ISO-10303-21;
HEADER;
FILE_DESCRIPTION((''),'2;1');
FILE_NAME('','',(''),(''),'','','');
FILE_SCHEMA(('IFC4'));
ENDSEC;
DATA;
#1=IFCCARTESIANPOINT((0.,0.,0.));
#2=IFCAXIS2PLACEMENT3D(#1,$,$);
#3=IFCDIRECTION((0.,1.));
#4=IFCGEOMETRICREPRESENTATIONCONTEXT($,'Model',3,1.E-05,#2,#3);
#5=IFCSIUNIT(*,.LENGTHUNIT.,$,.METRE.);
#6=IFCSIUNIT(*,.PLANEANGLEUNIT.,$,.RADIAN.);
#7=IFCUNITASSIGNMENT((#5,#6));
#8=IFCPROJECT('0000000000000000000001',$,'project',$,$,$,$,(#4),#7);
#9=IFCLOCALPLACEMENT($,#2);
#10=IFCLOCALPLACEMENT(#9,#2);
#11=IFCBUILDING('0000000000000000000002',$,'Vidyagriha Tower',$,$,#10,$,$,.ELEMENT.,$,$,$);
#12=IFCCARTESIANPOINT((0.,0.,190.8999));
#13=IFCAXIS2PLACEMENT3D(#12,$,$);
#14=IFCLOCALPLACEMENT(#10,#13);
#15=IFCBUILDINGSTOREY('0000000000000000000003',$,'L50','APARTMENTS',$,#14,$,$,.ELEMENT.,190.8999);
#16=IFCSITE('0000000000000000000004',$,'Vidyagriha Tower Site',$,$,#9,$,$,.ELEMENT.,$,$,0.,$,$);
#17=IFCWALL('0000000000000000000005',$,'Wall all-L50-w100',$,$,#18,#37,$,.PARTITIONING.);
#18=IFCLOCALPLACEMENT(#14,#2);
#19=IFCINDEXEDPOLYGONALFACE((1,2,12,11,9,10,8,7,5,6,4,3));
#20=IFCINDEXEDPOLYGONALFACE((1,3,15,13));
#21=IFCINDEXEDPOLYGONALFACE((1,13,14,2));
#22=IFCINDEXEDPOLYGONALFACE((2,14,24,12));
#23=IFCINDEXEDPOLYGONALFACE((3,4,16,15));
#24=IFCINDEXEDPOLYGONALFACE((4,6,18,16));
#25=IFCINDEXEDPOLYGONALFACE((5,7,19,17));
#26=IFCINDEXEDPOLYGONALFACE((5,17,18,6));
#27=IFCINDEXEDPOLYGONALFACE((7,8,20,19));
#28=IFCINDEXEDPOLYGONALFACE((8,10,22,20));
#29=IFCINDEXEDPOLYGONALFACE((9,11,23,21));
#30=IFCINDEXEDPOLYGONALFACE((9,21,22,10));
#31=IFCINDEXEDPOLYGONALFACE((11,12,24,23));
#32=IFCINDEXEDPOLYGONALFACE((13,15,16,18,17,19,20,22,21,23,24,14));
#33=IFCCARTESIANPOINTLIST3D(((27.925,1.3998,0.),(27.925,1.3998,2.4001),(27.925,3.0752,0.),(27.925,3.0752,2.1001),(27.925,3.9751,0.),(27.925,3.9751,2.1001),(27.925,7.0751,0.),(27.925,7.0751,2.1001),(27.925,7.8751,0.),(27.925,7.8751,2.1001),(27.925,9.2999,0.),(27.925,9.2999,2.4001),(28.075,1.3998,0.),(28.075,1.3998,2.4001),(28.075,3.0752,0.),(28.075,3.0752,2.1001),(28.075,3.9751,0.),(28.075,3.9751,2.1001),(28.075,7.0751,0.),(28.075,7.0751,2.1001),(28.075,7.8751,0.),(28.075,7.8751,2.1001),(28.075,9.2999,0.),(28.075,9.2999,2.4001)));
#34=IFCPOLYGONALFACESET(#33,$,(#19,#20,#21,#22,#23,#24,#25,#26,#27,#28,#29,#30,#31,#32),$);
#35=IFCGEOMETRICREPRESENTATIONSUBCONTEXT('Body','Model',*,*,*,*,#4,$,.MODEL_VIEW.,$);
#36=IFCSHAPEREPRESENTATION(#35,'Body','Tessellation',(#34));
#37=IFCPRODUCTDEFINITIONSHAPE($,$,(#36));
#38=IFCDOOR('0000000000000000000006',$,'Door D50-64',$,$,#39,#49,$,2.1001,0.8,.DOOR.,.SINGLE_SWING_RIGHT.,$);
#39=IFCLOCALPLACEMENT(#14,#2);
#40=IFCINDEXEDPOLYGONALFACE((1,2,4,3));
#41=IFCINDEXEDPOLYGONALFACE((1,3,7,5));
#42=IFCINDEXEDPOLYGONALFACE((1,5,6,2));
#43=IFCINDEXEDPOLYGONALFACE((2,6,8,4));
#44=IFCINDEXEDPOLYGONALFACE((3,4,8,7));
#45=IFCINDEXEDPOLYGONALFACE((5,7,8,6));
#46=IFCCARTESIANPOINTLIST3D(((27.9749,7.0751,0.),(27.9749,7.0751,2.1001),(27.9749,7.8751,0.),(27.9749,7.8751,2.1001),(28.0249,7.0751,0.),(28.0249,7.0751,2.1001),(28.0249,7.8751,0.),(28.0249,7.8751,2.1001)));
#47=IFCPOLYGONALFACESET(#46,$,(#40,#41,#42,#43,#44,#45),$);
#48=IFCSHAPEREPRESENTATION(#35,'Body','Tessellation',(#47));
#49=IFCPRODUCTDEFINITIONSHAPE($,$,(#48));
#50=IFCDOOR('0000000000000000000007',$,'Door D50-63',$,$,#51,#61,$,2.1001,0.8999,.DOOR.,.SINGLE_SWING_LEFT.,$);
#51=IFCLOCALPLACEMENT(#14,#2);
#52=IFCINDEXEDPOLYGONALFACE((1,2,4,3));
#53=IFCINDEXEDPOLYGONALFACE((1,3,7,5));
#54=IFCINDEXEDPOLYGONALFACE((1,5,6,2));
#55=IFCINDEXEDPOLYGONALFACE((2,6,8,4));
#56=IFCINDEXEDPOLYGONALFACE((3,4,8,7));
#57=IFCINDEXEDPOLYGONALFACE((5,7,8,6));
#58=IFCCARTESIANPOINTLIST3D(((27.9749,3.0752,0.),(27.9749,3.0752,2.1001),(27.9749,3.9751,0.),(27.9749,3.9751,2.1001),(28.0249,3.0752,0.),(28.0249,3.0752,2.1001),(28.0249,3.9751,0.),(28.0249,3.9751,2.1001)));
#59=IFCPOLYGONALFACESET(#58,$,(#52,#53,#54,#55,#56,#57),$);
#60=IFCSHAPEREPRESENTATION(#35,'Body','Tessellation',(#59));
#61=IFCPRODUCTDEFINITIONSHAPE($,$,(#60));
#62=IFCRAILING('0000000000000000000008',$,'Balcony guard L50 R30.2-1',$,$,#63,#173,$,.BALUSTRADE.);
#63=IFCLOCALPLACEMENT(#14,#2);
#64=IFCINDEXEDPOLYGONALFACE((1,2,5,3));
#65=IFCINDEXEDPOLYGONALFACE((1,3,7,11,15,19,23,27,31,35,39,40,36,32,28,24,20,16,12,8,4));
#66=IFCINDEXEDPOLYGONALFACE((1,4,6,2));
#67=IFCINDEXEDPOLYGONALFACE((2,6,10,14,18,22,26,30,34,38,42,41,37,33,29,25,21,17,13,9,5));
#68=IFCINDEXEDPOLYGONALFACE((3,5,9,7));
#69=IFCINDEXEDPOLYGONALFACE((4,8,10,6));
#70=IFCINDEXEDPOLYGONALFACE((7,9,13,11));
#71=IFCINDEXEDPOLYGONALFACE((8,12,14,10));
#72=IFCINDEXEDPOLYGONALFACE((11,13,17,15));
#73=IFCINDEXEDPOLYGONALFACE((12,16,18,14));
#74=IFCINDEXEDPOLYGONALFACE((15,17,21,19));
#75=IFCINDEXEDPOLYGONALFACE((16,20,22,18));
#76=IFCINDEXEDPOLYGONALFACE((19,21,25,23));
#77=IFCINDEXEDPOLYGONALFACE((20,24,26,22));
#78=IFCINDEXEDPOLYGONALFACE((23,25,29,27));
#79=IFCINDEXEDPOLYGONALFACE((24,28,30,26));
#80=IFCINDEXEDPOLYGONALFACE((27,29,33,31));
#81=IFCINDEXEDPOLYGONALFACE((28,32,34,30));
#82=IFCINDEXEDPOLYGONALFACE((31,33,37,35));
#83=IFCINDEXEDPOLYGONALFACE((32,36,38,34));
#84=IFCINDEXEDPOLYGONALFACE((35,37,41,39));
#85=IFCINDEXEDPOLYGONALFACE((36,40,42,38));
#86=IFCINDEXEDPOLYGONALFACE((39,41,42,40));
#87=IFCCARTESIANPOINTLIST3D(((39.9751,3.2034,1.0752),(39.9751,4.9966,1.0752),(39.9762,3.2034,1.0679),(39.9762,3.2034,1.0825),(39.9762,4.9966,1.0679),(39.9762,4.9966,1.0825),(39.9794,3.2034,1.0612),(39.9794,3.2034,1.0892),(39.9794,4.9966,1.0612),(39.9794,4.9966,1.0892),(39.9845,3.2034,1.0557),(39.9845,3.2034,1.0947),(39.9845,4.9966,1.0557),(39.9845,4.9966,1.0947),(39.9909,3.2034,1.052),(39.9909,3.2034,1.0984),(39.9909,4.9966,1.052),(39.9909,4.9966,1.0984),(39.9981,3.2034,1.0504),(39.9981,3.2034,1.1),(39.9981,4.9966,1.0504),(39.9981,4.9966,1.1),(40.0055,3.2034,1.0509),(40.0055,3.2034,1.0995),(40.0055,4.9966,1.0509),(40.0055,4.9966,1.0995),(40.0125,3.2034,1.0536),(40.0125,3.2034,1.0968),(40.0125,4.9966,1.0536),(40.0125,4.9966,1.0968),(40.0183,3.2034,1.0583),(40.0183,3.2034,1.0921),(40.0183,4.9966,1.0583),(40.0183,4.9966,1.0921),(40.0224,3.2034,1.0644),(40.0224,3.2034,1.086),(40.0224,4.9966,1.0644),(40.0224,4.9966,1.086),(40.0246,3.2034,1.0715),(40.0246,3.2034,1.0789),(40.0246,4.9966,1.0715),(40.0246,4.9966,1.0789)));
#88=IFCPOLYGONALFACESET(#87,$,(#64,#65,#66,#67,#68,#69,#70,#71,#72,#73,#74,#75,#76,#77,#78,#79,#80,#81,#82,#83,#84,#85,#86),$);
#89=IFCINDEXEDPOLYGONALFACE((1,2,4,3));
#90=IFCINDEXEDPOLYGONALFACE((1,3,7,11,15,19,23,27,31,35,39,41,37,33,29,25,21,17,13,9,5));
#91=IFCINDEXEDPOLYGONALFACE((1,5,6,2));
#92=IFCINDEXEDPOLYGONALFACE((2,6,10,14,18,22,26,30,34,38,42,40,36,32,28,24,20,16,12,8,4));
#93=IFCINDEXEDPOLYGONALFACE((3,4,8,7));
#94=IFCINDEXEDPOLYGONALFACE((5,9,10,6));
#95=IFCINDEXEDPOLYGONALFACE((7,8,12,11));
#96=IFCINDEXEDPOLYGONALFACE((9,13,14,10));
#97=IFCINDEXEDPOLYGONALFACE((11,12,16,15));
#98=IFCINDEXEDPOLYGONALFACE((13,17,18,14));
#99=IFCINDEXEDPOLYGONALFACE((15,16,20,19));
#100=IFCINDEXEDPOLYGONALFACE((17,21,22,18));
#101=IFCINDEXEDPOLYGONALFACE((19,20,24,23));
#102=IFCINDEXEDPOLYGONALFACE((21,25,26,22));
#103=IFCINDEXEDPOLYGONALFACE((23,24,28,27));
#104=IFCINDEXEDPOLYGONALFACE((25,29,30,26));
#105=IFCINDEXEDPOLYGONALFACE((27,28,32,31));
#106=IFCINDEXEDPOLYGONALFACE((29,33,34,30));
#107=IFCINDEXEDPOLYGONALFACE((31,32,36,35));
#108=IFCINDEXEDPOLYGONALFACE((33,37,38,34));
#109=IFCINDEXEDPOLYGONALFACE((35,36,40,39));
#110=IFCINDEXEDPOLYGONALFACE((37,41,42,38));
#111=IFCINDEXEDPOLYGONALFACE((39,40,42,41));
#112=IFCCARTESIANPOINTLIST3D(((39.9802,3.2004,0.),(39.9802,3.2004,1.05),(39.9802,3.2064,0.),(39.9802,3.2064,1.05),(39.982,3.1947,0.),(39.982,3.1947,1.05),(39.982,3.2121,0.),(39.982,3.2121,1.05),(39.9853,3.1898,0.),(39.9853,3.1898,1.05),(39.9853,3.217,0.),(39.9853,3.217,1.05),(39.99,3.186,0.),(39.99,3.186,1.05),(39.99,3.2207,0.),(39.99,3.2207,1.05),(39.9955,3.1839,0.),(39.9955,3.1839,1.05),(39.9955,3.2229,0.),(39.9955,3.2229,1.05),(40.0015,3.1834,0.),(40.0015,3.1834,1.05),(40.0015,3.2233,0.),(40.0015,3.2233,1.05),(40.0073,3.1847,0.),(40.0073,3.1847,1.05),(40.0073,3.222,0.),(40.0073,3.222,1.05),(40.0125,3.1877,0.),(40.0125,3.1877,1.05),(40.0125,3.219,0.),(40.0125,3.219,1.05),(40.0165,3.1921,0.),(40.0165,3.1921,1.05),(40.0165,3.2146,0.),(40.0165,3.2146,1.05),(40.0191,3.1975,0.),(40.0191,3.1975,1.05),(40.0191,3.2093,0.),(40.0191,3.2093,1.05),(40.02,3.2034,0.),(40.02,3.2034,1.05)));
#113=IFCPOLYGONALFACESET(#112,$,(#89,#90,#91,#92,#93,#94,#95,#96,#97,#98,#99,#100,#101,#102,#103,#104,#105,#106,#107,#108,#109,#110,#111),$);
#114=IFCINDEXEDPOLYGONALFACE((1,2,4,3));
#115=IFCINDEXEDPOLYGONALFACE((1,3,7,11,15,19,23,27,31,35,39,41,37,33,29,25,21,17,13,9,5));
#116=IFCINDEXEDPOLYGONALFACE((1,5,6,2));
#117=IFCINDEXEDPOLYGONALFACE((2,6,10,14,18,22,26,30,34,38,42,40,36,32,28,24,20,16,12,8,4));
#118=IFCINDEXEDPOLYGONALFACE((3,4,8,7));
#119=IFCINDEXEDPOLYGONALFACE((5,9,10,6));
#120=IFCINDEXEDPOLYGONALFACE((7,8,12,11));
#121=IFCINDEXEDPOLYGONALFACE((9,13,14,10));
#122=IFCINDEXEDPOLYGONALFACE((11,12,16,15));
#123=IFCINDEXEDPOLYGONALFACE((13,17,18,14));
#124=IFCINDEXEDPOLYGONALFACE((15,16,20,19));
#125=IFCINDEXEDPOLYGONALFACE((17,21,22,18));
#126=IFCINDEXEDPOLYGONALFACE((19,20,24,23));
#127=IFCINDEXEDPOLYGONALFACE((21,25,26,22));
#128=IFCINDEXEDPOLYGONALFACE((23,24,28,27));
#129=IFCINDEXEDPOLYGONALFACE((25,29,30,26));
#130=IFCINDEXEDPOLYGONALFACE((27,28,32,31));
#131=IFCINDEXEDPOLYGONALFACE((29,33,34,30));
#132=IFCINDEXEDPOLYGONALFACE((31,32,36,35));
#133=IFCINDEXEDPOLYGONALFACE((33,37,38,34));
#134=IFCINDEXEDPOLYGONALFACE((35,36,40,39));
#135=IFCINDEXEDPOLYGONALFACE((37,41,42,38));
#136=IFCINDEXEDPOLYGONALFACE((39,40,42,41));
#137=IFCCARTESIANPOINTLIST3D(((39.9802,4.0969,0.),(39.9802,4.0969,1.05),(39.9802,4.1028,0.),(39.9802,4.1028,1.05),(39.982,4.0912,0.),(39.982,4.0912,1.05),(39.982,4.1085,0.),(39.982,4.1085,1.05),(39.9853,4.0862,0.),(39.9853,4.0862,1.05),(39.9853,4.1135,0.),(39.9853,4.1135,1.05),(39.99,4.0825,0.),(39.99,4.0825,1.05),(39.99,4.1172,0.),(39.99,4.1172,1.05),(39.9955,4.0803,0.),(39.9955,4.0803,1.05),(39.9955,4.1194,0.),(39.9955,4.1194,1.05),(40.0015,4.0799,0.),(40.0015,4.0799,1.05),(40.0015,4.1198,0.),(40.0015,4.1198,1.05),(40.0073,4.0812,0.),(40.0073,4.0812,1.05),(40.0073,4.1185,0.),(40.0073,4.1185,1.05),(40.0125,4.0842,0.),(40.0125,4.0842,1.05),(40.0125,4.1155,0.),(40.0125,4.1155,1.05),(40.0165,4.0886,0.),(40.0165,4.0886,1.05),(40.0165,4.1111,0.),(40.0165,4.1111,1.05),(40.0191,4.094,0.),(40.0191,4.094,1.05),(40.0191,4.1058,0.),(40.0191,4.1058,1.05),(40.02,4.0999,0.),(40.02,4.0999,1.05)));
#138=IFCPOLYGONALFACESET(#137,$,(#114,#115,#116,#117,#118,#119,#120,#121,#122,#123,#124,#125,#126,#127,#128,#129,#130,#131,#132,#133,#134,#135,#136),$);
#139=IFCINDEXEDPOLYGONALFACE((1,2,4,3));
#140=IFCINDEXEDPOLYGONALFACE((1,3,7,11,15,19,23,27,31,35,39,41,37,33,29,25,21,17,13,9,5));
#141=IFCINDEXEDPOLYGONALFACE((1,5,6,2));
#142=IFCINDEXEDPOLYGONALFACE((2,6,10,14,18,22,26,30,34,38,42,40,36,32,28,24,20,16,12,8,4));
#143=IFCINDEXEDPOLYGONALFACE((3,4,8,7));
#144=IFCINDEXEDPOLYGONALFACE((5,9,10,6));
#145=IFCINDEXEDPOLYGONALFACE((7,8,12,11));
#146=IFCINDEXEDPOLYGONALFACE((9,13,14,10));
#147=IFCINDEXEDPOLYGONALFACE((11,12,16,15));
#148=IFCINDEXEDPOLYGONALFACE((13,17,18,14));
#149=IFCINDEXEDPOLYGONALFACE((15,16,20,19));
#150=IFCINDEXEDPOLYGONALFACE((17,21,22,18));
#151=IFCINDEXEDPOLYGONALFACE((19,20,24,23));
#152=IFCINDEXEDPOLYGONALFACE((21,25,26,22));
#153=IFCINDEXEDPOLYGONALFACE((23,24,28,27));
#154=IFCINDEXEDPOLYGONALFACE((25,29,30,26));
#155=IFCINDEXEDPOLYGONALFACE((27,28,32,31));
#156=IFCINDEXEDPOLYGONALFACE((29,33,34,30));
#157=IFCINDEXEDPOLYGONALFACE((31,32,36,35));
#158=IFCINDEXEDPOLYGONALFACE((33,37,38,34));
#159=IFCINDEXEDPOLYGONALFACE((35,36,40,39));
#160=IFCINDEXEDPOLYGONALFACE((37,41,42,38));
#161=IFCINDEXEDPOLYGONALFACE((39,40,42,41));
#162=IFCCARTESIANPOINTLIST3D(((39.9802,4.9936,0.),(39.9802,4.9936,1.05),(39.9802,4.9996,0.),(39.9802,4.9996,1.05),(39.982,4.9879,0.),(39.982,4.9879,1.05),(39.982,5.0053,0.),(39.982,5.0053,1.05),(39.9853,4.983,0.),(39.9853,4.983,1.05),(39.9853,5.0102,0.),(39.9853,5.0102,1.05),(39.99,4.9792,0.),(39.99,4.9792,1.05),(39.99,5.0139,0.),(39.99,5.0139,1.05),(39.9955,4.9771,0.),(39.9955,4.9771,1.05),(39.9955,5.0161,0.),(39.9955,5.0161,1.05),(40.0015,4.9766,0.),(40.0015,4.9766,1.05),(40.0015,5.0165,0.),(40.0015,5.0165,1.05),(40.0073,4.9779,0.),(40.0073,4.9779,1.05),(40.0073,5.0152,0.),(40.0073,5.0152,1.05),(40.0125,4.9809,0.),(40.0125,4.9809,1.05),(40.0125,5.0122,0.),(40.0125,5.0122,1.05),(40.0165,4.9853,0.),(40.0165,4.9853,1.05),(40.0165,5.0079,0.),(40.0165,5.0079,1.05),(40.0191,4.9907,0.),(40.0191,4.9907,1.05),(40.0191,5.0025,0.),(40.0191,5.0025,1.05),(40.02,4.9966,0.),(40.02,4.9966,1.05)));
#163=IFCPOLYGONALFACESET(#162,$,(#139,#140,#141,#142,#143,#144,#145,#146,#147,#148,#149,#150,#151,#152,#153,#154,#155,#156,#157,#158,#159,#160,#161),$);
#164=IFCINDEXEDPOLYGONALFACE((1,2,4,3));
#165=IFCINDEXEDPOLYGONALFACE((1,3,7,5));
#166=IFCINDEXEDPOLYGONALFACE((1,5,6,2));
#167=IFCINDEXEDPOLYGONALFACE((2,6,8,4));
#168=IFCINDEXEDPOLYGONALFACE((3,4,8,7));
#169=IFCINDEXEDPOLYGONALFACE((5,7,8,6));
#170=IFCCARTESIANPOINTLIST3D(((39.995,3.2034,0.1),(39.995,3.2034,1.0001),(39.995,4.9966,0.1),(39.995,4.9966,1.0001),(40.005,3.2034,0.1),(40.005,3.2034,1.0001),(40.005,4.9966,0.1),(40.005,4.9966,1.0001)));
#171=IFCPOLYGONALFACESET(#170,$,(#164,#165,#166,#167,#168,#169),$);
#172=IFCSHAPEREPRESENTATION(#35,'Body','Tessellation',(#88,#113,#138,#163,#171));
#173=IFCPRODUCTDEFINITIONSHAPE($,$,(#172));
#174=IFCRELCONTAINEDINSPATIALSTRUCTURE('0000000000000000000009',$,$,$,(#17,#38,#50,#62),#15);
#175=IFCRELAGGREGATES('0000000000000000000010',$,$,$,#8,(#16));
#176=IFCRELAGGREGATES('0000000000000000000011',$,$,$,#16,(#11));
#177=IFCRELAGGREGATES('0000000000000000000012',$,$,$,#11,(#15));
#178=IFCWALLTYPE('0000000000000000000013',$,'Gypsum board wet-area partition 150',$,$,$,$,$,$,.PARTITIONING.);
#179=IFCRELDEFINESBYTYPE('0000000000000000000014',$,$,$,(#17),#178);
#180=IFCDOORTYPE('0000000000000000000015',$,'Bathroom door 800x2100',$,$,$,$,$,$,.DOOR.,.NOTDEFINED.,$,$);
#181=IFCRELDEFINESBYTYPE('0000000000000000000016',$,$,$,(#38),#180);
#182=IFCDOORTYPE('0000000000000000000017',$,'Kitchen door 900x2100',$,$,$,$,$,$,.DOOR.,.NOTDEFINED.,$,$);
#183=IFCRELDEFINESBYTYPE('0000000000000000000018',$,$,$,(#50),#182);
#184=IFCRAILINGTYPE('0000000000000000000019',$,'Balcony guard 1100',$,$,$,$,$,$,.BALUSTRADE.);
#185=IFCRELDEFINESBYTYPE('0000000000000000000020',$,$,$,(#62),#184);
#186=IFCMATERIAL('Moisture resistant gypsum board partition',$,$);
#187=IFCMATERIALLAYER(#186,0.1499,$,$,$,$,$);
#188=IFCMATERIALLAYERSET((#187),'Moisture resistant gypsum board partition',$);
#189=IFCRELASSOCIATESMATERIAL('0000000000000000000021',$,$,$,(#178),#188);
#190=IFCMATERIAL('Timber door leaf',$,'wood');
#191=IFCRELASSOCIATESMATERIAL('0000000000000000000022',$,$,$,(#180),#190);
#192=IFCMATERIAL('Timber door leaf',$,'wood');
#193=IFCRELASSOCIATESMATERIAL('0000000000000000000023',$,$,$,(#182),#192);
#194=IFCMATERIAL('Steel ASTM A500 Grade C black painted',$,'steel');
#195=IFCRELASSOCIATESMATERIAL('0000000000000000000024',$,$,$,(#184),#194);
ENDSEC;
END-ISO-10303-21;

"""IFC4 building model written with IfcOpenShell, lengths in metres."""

from ifc_helpers import new_model, si_unit, direction, frame, frame_2d, origin, origin_2d, place, context, subcontext, project, spatial, rectangle, circle, extrude, material, layer, layer_set, type_object, element, fill, save


model = new_model("IFC4")

# Units and contexts
model_context = context("Model", 3, precision=1e-05, world=origin(), true_north=direction((0.0, 1.0)))
body_context = subcontext(model_context, "Body", "Model", "MODEL_VIEW")
ifc_project = project(units=[si_unit("LENGTHUNIT", "METRE"), si_unit("PLANEANGLEUNIT", "RADIAN")], contexts=[model_context])

# Site, building, storey
site_placement = place(None, origin())
site = spatial("IfcSite", under=ifc_project, at=site_placement, Name="Vidyagriha Tower Site", CompositionType="ELEMENT", RefElevation=0.0)
building_placement = place(site_placement, origin())
building = spatial("IfcBuilding", under=site, at=building_placement, Name="Vidyagriha Tower", CompositionType="ELEMENT")
storey_placement = place(building_placement, frame((0.0, 0.0, 190.8999)))
storey = spatial("IfcBuildingStorey", under=building, at=storey_placement, Name="L50", Description="APARTMENTS", CompositionType="ELEMENT", Elevation=190.8999)

# Wall, openings, doors
ifc_material_1 = material(Name="Moisture resistant gypsum board partition")
ifc_layer_1 = layer(ifc_material_1, 0.1499)
ifc_layer_set_1 = layer_set([ifc_layer_1], Name="Moisture resistant gypsum board partition")
wall_type_1 = type_object("IfcWallType", Name="Gypsum board wet-area partition 150", PredefinedType="PARTITIONING", material=ifc_layer_set_1)
wall_1_placement = place(storey_placement, frame((28.0, 9.3, 0.0), z_axis=(0.0, 0.0, 1.0), x_axis=(0.0, -1.0, 0.0)))
wall_1 = element("IfcWall", 1, at=wall_1_placement, inside=storey, type_object=wall_type_1, Name="Wall all-L50-w100", PredefinedType="PARTITIONING", context=body_context, shape_type="SweptSolid", body=[
    extrude(rectangle(XDim=7.9001, YDim=0.1499, at=frame_2d((3.9502, 0.0))), origin(), (0.0, 0.0, 1.0), 2.4001),
])
opening_1_placement = place(wall_1_placement, frame((5.325, 0.0, 0.0)))
opening_1 = element("IfcOpeningElement", 2, at=opening_1_placement, cuts=wall_1, PredefinedType="OPENING", context=body_context, shape_type="SweptSolid", body=[
    extrude(rectangle(XDim=0.8999, YDim=2.1001, at=frame_2d((0.45, 1.05))), frame((0.0, 0.085, 0.0), z_axis=(0.0, -1.0, 0.0), x_axis=(1.0, 0.0, 0.0)), (0.0, 0.0, 1.0), 0.1699),
])
opening_2_placement = place(wall_1_placement, frame((1.425, 0.0, 0.0)))
opening_2 = element("IfcOpeningElement", 3, at=opening_2_placement, cuts=wall_1, PredefinedType="OPENING", context=body_context, shape_type="SweptSolid", body=[
    extrude(rectangle(XDim=0.8, YDim=2.1001, at=frame_2d((0.3999, 1.05))), frame((0.0, 0.085, 0.0), z_axis=(0.0, -1.0, 0.0), x_axis=(1.0, 0.0, 0.0)), (0.0, 0.0, 1.0), 0.1699),
])
ifc_material_2 = material(Name="Timber door leaf", Category="wood")
door_type_1 = type_object("IfcDoorType", Name="Bathroom door 800x2100", OperationType="NOTDEFINED", PredefinedType="DOOR", material=ifc_material_2)
door_1_placement = place(opening_2_placement, origin())
door_1 = element("IfcDoor", 4, at=door_1_placement, inside=storey, type_object=door_type_1, Name="Door D50-64", OperationType="SINGLE_SWING_RIGHT", OverallHeight=2.1001, OverallWidth=0.8, PredefinedType="DOOR", context=body_context, shape_type="SweptSolid", body=[
    extrude(rectangle(XDim=0.8, YDim=2.1001, at=frame_2d((0.3999, 1.05))), frame((0.0, 0.0249, 0.0), z_axis=(0.0, -1.0, 0.0), x_axis=(1.0, 0.0, 0.0)), (0.0, 0.0, 1.0), 0.05),
])
fill(opening_2, door_1)
ifc_material_3 = material(Name="Timber door leaf", Category="wood")
door_type_2 = type_object("IfcDoorType", Name="Kitchen door 900x2100", OperationType="NOTDEFINED", PredefinedType="DOOR", material=ifc_material_3)
door_2_placement = place(opening_1_placement, origin())
door_2 = element("IfcDoor", 5, at=door_2_placement, inside=storey, type_object=door_type_2, Name="Door D50-63", OperationType="SINGLE_SWING_LEFT", OverallHeight=2.1001, OverallWidth=0.8999, PredefinedType="DOOR", context=body_context, shape_type="SweptSolid", body=[
    extrude(rectangle(XDim=0.8999, YDim=2.1001, at=frame_2d((0.45, 1.05))), frame((0.0, 0.0249, 0.0), z_axis=(0.0, -1.0, 0.0), x_axis=(1.0, 0.0, 0.0)), (0.0, 0.0, 1.0), 0.05),
])
fill(opening_1, door_2)

# Railing
ifc_material_4 = material(Name="Steel ASTM A500 Grade C black painted", Category="steel")
railing_type_1 = type_object("IfcRailingType", Name="Balcony guard 1100", PredefinedType="BALUSTRADE", material=ifc_material_4)
railing_1_placement = place(storey_placement, frame((40.0, 3.2034, 0.0)))
element("IfcRailing", 6, at=railing_1_placement, inside=storey, type_object=railing_type_1, Name="Balcony guard L50 R30.2-1", PredefinedType="BALUSTRADE", context=body_context, shape_type="SweptSolid", body=[
    extrude(circle(Radius=0.0249, at=origin_2d()), frame((0.0, 0.0, 1.0752), z_axis=(0.0, 1.0, 0.0), x_axis=(-1.0, 0.0, 0.0)), (0.0, 0.0, 1.0), 1.7932),
    extrude(circle(Radius=0.02, at=origin_2d()), origin(), (0.0, 0.0, 1.0), 1.05),
    extrude(circle(Radius=0.02, at=origin_2d()), frame((0.0, 0.8965, 0.0)), (0.0, 0.0, 1.0), 1.05),
    extrude(circle(Radius=0.02, at=origin_2d()), frame((0.0, 1.7932, 0.0)), (0.0, 0.0, 1.0), 1.05),
    extrude(rectangle(XDim=0.01, YDim=0.9001, at=origin_2d()), frame((0.0, 0.0, 0.55), z_axis=(0.0, 1.0, 0.0), x_axis=(-1.0, 0.0, 0.0)), (0.0, 0.0, 1.0), 1.7932),
])

save(model, "model.ifc")
